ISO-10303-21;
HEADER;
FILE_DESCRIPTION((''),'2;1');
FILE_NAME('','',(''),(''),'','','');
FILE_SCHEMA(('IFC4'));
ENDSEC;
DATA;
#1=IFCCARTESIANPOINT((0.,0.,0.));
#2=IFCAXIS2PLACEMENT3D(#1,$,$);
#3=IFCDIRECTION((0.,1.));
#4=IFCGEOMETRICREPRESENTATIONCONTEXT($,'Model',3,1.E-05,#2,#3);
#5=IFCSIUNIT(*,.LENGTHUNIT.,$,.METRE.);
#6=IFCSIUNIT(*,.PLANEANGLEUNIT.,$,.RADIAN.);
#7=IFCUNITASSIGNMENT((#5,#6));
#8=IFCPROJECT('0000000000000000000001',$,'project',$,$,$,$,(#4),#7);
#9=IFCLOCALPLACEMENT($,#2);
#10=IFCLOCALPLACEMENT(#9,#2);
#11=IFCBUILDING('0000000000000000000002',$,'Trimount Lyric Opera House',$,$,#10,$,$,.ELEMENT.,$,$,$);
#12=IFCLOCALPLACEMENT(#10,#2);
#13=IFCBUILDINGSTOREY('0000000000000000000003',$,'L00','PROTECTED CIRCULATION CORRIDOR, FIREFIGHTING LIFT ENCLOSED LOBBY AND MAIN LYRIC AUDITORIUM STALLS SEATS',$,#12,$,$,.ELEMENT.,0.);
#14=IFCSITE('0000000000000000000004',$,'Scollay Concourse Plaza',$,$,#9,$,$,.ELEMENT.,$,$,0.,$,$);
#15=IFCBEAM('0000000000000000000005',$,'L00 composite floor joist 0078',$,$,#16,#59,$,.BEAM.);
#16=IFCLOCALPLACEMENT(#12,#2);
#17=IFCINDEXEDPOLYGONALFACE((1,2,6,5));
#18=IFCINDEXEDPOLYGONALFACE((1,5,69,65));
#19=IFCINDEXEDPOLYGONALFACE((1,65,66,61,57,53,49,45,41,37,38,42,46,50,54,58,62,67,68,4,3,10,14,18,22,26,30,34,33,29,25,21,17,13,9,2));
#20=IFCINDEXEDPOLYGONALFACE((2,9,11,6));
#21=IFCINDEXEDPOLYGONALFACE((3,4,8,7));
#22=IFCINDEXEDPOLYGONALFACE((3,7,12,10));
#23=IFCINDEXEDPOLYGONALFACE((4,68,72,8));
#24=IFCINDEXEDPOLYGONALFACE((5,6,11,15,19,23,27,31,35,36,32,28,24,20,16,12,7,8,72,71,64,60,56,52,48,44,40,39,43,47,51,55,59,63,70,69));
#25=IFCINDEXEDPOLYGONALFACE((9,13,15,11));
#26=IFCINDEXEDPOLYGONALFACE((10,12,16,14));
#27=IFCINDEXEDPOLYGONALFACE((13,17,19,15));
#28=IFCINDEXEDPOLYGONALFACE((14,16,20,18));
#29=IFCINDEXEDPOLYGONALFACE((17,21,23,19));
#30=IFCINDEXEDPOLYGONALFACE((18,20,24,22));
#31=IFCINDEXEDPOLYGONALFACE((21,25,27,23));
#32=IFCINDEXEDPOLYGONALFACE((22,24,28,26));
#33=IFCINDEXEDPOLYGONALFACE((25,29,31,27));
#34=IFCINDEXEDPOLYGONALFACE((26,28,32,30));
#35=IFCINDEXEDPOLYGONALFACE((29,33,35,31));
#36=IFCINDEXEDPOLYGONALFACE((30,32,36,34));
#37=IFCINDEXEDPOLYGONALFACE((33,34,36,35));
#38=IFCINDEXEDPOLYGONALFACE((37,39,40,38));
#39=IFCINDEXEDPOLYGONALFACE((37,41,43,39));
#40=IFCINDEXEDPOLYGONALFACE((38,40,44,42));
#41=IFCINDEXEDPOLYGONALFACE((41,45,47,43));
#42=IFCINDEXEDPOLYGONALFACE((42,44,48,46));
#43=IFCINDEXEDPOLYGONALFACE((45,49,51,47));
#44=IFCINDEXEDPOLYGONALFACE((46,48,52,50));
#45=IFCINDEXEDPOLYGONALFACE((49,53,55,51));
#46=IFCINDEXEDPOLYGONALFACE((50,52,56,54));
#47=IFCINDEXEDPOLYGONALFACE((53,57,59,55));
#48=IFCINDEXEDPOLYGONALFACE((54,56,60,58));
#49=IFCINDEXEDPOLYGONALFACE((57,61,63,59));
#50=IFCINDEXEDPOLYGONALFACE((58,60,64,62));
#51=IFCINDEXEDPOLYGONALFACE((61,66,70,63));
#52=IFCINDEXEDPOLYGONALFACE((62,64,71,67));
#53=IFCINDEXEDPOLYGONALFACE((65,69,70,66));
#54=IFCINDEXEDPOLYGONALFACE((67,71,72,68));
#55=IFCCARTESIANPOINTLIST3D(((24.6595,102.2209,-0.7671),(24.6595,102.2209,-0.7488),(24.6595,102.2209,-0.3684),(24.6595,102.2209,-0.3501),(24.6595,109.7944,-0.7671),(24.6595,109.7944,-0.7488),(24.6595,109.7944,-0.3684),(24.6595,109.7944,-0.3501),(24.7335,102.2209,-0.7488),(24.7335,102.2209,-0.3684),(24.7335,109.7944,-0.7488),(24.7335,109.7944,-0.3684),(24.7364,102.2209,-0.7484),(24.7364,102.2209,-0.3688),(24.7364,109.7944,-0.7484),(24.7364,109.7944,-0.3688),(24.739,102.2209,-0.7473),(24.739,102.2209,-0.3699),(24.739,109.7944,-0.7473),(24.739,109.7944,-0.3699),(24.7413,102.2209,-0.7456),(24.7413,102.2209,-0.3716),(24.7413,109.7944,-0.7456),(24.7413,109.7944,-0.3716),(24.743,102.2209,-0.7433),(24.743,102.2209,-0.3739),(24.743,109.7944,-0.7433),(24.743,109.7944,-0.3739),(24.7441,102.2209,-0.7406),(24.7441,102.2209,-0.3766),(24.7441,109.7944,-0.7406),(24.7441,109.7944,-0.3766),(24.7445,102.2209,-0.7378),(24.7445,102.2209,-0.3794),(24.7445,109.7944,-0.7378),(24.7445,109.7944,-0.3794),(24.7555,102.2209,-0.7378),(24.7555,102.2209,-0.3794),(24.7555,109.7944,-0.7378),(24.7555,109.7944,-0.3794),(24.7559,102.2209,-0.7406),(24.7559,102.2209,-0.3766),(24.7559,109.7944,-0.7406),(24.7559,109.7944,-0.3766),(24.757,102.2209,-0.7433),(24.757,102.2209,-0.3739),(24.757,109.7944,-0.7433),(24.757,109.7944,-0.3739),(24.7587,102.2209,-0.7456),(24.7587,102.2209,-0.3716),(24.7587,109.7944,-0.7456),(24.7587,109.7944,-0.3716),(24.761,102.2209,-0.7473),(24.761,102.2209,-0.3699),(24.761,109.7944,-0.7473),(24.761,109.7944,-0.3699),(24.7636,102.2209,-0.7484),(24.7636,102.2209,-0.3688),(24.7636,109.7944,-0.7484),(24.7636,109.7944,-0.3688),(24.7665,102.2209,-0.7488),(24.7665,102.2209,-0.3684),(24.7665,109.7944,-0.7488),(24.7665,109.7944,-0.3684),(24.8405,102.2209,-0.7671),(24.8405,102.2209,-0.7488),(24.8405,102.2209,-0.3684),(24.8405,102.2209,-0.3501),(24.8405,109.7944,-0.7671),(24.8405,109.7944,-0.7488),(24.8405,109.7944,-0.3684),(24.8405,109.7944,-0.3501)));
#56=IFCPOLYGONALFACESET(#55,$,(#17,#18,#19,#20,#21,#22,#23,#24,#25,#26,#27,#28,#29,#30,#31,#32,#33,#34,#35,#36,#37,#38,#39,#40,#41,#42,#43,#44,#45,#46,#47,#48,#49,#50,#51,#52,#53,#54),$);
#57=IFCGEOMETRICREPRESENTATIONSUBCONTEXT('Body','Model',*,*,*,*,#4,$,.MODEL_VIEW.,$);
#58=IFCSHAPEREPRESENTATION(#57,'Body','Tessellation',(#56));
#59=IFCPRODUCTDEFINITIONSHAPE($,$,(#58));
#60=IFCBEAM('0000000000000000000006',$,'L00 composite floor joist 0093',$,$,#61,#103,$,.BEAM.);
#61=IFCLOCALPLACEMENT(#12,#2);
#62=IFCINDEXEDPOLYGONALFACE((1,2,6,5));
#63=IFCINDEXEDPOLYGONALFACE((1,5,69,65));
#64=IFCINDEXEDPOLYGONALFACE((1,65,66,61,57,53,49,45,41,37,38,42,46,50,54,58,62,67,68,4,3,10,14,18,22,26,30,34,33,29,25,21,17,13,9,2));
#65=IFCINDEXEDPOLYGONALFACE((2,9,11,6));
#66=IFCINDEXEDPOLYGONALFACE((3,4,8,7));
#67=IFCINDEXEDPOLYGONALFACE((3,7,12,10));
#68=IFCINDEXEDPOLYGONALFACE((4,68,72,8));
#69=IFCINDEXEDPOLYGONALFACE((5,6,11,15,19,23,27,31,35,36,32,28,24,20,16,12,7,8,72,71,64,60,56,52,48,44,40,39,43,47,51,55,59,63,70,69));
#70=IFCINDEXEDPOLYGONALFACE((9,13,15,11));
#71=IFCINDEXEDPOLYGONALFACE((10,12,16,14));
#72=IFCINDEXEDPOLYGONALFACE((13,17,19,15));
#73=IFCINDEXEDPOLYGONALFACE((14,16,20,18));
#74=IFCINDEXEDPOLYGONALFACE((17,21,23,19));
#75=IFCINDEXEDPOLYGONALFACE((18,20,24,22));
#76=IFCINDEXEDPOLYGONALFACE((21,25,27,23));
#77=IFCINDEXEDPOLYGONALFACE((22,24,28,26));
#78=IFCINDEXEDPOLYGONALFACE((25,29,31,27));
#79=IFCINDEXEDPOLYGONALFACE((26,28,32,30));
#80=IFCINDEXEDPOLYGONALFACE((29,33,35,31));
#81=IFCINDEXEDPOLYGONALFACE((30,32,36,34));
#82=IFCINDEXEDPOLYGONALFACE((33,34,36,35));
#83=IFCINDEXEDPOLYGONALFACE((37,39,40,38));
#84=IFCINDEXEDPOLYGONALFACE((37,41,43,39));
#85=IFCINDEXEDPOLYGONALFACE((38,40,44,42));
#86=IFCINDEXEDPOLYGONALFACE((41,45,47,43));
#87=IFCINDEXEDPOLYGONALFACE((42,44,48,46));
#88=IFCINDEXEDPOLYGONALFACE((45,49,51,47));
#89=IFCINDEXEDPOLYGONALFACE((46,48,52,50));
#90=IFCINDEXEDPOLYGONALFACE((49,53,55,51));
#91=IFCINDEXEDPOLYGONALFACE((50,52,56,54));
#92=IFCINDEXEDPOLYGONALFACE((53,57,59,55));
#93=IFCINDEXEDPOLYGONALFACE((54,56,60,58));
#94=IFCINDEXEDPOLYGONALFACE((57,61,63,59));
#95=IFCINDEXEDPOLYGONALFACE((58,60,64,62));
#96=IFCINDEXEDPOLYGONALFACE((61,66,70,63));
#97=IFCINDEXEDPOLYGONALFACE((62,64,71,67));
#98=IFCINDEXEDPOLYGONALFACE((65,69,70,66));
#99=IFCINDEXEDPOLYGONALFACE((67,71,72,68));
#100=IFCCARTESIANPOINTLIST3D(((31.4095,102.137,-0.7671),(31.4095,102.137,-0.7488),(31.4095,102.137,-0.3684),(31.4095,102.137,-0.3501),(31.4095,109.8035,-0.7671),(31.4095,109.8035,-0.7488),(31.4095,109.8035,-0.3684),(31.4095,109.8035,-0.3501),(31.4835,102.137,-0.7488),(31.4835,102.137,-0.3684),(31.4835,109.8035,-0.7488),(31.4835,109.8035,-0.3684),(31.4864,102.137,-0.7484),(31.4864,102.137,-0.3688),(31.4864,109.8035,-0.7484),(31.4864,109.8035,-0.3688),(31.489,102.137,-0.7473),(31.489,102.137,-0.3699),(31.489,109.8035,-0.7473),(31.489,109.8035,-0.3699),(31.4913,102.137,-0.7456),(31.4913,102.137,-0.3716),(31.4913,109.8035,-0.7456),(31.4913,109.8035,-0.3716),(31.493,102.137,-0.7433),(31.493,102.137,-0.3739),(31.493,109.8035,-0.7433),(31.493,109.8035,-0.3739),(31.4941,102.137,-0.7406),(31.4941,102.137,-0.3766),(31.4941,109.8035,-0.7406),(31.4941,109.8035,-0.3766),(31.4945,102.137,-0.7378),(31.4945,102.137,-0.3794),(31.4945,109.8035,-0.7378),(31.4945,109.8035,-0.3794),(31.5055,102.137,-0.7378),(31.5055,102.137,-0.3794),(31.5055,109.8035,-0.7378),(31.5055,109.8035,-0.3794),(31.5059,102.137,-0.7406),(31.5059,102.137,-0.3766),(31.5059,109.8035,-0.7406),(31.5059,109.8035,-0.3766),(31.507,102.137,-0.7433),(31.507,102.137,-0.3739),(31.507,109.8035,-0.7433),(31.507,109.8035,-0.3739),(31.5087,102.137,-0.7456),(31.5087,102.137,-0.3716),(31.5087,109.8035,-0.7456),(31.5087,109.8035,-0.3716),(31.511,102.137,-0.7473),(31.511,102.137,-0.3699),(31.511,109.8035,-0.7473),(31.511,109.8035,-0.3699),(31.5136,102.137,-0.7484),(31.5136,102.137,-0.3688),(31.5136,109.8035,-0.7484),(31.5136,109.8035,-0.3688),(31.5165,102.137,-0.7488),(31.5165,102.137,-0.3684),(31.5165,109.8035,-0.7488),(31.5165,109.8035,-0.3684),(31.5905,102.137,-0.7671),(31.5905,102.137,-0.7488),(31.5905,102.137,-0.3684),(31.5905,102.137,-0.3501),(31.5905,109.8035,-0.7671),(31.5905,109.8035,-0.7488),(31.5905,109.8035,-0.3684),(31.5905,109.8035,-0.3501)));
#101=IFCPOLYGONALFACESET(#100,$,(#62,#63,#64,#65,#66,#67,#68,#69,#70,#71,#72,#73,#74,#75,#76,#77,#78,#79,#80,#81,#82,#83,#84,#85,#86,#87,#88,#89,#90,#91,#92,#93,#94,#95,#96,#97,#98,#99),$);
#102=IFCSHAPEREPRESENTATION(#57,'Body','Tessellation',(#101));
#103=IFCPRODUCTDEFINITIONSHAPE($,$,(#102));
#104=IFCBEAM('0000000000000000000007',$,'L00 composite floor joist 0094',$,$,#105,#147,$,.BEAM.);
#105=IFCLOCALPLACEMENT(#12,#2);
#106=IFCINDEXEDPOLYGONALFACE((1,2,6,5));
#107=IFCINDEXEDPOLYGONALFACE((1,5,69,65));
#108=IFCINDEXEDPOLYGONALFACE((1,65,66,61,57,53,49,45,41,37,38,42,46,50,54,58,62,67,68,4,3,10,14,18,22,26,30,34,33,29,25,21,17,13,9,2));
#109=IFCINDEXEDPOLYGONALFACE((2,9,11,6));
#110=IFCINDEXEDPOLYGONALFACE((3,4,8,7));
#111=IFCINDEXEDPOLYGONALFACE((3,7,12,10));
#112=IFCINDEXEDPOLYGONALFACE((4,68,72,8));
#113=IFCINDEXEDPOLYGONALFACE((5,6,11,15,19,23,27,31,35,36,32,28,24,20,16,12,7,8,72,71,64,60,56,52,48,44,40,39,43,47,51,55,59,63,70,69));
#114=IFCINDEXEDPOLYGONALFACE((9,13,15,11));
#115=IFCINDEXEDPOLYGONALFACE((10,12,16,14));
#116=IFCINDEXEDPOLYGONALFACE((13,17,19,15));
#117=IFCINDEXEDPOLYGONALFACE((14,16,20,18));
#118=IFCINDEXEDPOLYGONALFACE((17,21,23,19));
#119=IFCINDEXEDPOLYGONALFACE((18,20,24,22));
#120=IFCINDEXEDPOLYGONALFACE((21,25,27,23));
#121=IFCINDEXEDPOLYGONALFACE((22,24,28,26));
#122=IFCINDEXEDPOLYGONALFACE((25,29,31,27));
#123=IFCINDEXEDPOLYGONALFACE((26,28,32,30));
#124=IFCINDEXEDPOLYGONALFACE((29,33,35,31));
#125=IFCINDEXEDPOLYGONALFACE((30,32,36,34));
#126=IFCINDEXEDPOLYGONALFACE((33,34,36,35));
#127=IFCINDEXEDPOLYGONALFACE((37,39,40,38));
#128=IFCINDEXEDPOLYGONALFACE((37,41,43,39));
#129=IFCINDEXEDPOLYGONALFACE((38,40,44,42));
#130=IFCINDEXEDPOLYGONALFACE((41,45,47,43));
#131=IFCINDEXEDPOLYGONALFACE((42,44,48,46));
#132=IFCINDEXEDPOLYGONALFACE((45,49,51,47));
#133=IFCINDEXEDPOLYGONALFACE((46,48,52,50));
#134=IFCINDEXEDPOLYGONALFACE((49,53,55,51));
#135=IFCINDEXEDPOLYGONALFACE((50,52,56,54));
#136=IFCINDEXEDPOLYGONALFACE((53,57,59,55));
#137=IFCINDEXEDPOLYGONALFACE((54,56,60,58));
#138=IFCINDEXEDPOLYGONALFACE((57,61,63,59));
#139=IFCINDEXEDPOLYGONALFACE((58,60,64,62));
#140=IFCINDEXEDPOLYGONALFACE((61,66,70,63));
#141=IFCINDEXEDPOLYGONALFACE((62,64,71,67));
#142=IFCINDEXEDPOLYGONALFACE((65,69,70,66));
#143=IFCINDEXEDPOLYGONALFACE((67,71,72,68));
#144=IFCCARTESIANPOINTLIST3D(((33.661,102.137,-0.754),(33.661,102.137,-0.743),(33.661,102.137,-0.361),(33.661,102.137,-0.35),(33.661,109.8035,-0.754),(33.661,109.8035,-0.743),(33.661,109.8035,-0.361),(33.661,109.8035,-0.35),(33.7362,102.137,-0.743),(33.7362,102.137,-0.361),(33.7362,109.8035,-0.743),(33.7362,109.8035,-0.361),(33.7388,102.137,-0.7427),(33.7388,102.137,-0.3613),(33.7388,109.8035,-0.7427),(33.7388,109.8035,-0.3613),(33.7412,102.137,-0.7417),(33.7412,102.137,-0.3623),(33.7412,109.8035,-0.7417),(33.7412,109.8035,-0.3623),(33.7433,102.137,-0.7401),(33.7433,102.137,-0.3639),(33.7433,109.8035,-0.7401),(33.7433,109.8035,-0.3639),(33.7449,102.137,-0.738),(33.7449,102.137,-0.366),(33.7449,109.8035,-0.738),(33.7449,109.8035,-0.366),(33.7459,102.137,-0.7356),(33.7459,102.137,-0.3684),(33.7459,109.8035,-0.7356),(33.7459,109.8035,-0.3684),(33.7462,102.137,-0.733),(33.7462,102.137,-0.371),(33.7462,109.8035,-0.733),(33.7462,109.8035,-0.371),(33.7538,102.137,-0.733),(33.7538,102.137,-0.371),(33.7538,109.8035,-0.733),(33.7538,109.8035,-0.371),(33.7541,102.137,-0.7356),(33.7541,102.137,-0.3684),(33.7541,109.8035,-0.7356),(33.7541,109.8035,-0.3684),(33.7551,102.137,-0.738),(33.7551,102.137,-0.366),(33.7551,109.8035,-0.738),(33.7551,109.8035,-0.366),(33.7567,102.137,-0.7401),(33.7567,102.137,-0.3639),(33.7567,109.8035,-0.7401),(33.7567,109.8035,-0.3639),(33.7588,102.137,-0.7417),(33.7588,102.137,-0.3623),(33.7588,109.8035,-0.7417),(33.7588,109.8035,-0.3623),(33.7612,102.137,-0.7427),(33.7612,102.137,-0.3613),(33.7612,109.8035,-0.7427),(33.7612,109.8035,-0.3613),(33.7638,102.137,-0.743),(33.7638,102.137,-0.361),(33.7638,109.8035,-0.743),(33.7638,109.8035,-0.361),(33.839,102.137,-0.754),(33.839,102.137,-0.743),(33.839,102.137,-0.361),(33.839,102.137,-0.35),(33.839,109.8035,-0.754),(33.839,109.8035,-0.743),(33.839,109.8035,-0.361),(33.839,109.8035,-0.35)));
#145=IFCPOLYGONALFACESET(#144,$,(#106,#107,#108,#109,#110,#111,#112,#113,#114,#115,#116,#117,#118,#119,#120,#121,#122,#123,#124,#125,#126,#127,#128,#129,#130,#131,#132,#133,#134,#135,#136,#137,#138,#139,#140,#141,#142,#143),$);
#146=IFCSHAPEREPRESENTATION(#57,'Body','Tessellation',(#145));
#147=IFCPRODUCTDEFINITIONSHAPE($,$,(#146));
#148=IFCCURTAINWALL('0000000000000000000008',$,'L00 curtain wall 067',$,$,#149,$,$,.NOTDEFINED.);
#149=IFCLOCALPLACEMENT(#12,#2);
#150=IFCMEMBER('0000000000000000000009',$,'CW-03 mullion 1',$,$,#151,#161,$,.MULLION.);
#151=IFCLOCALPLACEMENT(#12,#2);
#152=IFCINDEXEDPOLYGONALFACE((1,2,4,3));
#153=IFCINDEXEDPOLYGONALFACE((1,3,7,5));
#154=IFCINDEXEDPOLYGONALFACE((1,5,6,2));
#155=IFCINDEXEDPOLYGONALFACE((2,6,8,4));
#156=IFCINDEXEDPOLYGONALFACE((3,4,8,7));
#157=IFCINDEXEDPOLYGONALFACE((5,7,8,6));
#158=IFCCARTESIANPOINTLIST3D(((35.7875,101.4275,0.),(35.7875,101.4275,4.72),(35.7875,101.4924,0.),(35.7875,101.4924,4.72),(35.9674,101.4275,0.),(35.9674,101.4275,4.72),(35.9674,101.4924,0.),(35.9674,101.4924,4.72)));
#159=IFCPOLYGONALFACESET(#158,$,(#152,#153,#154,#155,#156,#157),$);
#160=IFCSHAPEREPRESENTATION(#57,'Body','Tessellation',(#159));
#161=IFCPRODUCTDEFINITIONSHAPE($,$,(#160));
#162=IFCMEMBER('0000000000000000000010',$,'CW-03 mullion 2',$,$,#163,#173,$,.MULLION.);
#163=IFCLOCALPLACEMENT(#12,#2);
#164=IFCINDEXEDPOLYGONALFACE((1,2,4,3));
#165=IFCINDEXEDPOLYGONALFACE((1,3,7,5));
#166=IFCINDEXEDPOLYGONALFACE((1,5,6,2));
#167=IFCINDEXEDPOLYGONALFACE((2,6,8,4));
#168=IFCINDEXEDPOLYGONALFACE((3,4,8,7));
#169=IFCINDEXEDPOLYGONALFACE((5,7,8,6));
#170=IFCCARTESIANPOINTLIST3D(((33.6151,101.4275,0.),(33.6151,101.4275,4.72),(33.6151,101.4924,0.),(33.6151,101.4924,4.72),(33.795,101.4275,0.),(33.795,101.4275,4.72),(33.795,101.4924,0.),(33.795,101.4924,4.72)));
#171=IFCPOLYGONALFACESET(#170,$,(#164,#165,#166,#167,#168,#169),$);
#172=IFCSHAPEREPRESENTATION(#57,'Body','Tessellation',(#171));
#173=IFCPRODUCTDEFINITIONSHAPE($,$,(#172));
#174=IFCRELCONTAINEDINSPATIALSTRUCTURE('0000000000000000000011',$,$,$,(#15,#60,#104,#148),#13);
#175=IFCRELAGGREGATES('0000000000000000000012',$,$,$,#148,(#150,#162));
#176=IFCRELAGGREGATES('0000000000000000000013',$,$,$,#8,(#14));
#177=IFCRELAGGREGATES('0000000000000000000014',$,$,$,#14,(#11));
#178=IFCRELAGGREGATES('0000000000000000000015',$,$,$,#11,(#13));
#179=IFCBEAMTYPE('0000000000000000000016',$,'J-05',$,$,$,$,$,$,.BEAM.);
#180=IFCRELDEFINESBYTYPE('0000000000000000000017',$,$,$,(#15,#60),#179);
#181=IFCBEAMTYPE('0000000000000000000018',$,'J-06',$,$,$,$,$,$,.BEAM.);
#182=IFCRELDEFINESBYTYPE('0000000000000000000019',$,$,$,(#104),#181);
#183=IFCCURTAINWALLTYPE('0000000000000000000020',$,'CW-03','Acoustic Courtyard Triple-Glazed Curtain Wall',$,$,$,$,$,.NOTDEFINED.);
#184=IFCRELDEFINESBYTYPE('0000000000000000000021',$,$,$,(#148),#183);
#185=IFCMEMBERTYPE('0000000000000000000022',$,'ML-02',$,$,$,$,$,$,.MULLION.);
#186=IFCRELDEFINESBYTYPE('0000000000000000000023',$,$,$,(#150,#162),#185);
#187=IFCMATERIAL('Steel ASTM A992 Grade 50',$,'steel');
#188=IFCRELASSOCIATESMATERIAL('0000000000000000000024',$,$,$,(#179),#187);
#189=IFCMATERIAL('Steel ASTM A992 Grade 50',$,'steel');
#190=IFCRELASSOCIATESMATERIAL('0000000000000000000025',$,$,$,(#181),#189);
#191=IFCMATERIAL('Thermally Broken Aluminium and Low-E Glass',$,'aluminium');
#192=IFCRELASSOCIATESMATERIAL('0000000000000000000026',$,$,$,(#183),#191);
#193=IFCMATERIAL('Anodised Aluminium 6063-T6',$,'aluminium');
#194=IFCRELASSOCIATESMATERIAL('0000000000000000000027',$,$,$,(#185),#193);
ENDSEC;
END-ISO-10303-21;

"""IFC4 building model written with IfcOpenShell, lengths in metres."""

from ifc_helpers import new_model, si_unit, direction, frame, origin, origin_2d, place, context, subcontext, project, spatial, rectangle, i_section, extrude, material, material_profile, profile_set, type_object, element, aggregate, save


model = new_model("IFC4")

# Units and contexts
model_context = context("Model", 3, precision=1e-05, world=origin(), true_north=direction((0.0, 1.0)))
body_context = subcontext(model_context, "Body", "Model", "MODEL_VIEW")
ifc_project = project(units=[si_unit("LENGTHUNIT", "METRE"), si_unit("PLANEANGLEUNIT", "RADIAN")], contexts=[model_context])

# Site, building, storey
site_placement = place(None, origin())
site = spatial("IfcSite", under=ifc_project, at=site_placement, Name="Scollay Concourse Plaza", CompositionType="ELEMENT", RefElevation=0.0)
building_placement = place(site_placement, origin())
building = spatial("IfcBuilding", under=site, at=building_placement, Name="Trimount Lyric Opera House", CompositionType="ELEMENT")
storey_placement = place(building_placement, origin())
storey = spatial("IfcBuildingStorey", under=building, at=storey_placement, Name="L00", Description="PROTECTED CIRCULATION CORRIDOR, FIREFIGHTING LIFT ENCLOSED LOBBY AND MAIN LYRIC AUDITORIUM STALLS SEATS", CompositionType="ELEMENT", Elevation=0.0)

# Beams
ifc_material_1 = material(Name="Steel ASTM A992 Grade 50", Category="steel")
ifc_material_profile_1 = material_profile(ifc_material_1, i_section(OverallWidth=0.1809, OverallDepth=0.417, WebThickness=0.011, FlangeThickness=0.0183, FilletRadius=0.011, at=origin_2d()), Name="W16X57")
ifc_profile_set_1 = profile_set([ifc_material_profile_1], Name="Steel ASTM A992 Grade 50")
beam_type_1 = type_object("IfcBeamType", Name="J-05", PredefinedType="BEAM", material=ifc_profile_set_1)
beam_1_placement = place(storey_placement, frame((24.75, 102.2209, -0.5586), z_axis=(0.0, 1.0, 0.0), x_axis=(-1.0, 0.0, 0.0)))
element("IfcBeam", 1, at=beam_1_placement, inside=storey, type_object=beam_type_1, Name="L00 composite floor joist 0078", PredefinedType="BEAM", context=body_context, shape_type="SweptSolid", body=[
    extrude(i_section(OverallWidth=0.1809, OverallDepth=0.417, WebThickness=0.011, FlangeThickness=0.0183, FilletRadius=0.011, at=origin_2d()), origin(), (0.0, 0.0, 1.0), 7.5735),
])
beam_2_placement = place(storey_placement, frame((31.5, 102.137, -0.5586), z_axis=(0.0, 1.0, 0.0), x_axis=(-1.0, 0.0, 0.0)))
element("IfcBeam", 2, at=beam_2_placement, inside=storey, type_object=beam_type_1, Name="L00 composite floor joist 0093", PredefinedType="BEAM", context=body_context, shape_type="SweptSolid", body=[
    extrude(i_section(OverallWidth=0.1809, OverallDepth=0.417, WebThickness=0.011, FlangeThickness=0.0183, FilletRadius=0.011, at=origin_2d()), origin(), (0.0, 0.0, 1.0), 7.6665),
])
ifc_material_2 = material(Name="Steel ASTM A992 Grade 50", Category="steel")
ifc_material_profile_2 = material_profile(ifc_material_2, i_section(OverallWidth=0.178, OverallDepth=0.4041, WebThickness=0.0076, FlangeThickness=0.011, FilletRadius=0.01, at=origin_2d()), Name="W16X36")
ifc_profile_set_2 = profile_set([ifc_material_profile_2], Name="Steel ASTM A992 Grade 50")
beam_type_2 = type_object("IfcBeamType", Name="J-06", PredefinedType="BEAM", material=ifc_profile_set_2)
beam_3_placement = place(storey_placement, frame((33.75, 102.137, -0.552), z_axis=(0.0, 1.0, 0.0), x_axis=(-1.0, 0.0, 0.0)))
element("IfcBeam", 3, at=beam_3_placement, inside=storey, type_object=beam_type_2, Name="L00 composite floor joist 0094", PredefinedType="BEAM", context=body_context, shape_type="SweptSolid", body=[
    extrude(i_section(OverallWidth=0.178, OverallDepth=0.4041, WebThickness=0.0076, FlangeThickness=0.011, FilletRadius=0.01, at=origin_2d()), origin(), (0.0, 0.0, 1.0), 7.6665),
])

# Curtain wall, members
ifc_material_3 = material(Name="Thermally Broken Aluminium and Low-E Glass", Category="aluminium")
curtain_wall_type = type_object("IfcCurtainWallType", Name="CW-03", Description="Acoustic Courtyard Triple-Glazed Curtain Wall", PredefinedType="NOTDEFINED", material=ifc_material_3)
curtain_wall_placement = place(storey_placement, origin())
curtain_wall = element("IfcCurtainWall", 4, at=curtain_wall_placement, inside=storey, type_object=curtain_wall_type, Name="L00 curtain wall 067", PredefinedType="NOTDEFINED")
ifc_material_4 = material(Name="Anodised Aluminium 6063-T6", Category="aluminium")
ifc_material_profile_3 = material_profile(ifc_material_4, rectangle(XDim=0.0649, YDim=0.1799, at=origin_2d()), Name="ALU-MULL-65X180")
ifc_profile_set_3 = profile_set([ifc_material_profile_3], Name="Anodised Aluminium 6063-T6")
member_type_1 = type_object("IfcMemberType", Name="ML-02", PredefinedType="MULLION", material=ifc_profile_set_3)
member_1_placement = place(storey_placement, frame((35.8774, 101.46, 0.0), z_axis=(0.0, 0.0, 1.0), x_axis=(0.0, -1.0, 0.0)))
member_1 = element("IfcMember", 5, at=member_1_placement, type_object=member_type_1, Name="CW-03 mullion 1", PredefinedType="MULLION", context=body_context, shape_type="SweptSolid", body=[
    extrude(rectangle(XDim=0.0649, YDim=0.1799, at=origin_2d()), origin(), (0.0, 0.0, 1.0), 4.72),
])
member_2_placement = place(storey_placement, frame((33.7051, 101.46, 0.0), z_axis=(0.0, 0.0, 1.0), x_axis=(0.0, -1.0, 0.0)))
member_2 = element("IfcMember", 6, at=member_2_placement, type_object=member_type_1, Name="CW-03 mullion 2", PredefinedType="MULLION", context=body_context, shape_type="SweptSolid", body=[
    extrude(rectangle(XDim=0.0649, YDim=0.1799, at=origin_2d()), origin(), (0.0, 0.0, 1.0), 4.72),
])

aggregate(curtain_wall, [member_1, member_2])

save(model, "model.ifc")
